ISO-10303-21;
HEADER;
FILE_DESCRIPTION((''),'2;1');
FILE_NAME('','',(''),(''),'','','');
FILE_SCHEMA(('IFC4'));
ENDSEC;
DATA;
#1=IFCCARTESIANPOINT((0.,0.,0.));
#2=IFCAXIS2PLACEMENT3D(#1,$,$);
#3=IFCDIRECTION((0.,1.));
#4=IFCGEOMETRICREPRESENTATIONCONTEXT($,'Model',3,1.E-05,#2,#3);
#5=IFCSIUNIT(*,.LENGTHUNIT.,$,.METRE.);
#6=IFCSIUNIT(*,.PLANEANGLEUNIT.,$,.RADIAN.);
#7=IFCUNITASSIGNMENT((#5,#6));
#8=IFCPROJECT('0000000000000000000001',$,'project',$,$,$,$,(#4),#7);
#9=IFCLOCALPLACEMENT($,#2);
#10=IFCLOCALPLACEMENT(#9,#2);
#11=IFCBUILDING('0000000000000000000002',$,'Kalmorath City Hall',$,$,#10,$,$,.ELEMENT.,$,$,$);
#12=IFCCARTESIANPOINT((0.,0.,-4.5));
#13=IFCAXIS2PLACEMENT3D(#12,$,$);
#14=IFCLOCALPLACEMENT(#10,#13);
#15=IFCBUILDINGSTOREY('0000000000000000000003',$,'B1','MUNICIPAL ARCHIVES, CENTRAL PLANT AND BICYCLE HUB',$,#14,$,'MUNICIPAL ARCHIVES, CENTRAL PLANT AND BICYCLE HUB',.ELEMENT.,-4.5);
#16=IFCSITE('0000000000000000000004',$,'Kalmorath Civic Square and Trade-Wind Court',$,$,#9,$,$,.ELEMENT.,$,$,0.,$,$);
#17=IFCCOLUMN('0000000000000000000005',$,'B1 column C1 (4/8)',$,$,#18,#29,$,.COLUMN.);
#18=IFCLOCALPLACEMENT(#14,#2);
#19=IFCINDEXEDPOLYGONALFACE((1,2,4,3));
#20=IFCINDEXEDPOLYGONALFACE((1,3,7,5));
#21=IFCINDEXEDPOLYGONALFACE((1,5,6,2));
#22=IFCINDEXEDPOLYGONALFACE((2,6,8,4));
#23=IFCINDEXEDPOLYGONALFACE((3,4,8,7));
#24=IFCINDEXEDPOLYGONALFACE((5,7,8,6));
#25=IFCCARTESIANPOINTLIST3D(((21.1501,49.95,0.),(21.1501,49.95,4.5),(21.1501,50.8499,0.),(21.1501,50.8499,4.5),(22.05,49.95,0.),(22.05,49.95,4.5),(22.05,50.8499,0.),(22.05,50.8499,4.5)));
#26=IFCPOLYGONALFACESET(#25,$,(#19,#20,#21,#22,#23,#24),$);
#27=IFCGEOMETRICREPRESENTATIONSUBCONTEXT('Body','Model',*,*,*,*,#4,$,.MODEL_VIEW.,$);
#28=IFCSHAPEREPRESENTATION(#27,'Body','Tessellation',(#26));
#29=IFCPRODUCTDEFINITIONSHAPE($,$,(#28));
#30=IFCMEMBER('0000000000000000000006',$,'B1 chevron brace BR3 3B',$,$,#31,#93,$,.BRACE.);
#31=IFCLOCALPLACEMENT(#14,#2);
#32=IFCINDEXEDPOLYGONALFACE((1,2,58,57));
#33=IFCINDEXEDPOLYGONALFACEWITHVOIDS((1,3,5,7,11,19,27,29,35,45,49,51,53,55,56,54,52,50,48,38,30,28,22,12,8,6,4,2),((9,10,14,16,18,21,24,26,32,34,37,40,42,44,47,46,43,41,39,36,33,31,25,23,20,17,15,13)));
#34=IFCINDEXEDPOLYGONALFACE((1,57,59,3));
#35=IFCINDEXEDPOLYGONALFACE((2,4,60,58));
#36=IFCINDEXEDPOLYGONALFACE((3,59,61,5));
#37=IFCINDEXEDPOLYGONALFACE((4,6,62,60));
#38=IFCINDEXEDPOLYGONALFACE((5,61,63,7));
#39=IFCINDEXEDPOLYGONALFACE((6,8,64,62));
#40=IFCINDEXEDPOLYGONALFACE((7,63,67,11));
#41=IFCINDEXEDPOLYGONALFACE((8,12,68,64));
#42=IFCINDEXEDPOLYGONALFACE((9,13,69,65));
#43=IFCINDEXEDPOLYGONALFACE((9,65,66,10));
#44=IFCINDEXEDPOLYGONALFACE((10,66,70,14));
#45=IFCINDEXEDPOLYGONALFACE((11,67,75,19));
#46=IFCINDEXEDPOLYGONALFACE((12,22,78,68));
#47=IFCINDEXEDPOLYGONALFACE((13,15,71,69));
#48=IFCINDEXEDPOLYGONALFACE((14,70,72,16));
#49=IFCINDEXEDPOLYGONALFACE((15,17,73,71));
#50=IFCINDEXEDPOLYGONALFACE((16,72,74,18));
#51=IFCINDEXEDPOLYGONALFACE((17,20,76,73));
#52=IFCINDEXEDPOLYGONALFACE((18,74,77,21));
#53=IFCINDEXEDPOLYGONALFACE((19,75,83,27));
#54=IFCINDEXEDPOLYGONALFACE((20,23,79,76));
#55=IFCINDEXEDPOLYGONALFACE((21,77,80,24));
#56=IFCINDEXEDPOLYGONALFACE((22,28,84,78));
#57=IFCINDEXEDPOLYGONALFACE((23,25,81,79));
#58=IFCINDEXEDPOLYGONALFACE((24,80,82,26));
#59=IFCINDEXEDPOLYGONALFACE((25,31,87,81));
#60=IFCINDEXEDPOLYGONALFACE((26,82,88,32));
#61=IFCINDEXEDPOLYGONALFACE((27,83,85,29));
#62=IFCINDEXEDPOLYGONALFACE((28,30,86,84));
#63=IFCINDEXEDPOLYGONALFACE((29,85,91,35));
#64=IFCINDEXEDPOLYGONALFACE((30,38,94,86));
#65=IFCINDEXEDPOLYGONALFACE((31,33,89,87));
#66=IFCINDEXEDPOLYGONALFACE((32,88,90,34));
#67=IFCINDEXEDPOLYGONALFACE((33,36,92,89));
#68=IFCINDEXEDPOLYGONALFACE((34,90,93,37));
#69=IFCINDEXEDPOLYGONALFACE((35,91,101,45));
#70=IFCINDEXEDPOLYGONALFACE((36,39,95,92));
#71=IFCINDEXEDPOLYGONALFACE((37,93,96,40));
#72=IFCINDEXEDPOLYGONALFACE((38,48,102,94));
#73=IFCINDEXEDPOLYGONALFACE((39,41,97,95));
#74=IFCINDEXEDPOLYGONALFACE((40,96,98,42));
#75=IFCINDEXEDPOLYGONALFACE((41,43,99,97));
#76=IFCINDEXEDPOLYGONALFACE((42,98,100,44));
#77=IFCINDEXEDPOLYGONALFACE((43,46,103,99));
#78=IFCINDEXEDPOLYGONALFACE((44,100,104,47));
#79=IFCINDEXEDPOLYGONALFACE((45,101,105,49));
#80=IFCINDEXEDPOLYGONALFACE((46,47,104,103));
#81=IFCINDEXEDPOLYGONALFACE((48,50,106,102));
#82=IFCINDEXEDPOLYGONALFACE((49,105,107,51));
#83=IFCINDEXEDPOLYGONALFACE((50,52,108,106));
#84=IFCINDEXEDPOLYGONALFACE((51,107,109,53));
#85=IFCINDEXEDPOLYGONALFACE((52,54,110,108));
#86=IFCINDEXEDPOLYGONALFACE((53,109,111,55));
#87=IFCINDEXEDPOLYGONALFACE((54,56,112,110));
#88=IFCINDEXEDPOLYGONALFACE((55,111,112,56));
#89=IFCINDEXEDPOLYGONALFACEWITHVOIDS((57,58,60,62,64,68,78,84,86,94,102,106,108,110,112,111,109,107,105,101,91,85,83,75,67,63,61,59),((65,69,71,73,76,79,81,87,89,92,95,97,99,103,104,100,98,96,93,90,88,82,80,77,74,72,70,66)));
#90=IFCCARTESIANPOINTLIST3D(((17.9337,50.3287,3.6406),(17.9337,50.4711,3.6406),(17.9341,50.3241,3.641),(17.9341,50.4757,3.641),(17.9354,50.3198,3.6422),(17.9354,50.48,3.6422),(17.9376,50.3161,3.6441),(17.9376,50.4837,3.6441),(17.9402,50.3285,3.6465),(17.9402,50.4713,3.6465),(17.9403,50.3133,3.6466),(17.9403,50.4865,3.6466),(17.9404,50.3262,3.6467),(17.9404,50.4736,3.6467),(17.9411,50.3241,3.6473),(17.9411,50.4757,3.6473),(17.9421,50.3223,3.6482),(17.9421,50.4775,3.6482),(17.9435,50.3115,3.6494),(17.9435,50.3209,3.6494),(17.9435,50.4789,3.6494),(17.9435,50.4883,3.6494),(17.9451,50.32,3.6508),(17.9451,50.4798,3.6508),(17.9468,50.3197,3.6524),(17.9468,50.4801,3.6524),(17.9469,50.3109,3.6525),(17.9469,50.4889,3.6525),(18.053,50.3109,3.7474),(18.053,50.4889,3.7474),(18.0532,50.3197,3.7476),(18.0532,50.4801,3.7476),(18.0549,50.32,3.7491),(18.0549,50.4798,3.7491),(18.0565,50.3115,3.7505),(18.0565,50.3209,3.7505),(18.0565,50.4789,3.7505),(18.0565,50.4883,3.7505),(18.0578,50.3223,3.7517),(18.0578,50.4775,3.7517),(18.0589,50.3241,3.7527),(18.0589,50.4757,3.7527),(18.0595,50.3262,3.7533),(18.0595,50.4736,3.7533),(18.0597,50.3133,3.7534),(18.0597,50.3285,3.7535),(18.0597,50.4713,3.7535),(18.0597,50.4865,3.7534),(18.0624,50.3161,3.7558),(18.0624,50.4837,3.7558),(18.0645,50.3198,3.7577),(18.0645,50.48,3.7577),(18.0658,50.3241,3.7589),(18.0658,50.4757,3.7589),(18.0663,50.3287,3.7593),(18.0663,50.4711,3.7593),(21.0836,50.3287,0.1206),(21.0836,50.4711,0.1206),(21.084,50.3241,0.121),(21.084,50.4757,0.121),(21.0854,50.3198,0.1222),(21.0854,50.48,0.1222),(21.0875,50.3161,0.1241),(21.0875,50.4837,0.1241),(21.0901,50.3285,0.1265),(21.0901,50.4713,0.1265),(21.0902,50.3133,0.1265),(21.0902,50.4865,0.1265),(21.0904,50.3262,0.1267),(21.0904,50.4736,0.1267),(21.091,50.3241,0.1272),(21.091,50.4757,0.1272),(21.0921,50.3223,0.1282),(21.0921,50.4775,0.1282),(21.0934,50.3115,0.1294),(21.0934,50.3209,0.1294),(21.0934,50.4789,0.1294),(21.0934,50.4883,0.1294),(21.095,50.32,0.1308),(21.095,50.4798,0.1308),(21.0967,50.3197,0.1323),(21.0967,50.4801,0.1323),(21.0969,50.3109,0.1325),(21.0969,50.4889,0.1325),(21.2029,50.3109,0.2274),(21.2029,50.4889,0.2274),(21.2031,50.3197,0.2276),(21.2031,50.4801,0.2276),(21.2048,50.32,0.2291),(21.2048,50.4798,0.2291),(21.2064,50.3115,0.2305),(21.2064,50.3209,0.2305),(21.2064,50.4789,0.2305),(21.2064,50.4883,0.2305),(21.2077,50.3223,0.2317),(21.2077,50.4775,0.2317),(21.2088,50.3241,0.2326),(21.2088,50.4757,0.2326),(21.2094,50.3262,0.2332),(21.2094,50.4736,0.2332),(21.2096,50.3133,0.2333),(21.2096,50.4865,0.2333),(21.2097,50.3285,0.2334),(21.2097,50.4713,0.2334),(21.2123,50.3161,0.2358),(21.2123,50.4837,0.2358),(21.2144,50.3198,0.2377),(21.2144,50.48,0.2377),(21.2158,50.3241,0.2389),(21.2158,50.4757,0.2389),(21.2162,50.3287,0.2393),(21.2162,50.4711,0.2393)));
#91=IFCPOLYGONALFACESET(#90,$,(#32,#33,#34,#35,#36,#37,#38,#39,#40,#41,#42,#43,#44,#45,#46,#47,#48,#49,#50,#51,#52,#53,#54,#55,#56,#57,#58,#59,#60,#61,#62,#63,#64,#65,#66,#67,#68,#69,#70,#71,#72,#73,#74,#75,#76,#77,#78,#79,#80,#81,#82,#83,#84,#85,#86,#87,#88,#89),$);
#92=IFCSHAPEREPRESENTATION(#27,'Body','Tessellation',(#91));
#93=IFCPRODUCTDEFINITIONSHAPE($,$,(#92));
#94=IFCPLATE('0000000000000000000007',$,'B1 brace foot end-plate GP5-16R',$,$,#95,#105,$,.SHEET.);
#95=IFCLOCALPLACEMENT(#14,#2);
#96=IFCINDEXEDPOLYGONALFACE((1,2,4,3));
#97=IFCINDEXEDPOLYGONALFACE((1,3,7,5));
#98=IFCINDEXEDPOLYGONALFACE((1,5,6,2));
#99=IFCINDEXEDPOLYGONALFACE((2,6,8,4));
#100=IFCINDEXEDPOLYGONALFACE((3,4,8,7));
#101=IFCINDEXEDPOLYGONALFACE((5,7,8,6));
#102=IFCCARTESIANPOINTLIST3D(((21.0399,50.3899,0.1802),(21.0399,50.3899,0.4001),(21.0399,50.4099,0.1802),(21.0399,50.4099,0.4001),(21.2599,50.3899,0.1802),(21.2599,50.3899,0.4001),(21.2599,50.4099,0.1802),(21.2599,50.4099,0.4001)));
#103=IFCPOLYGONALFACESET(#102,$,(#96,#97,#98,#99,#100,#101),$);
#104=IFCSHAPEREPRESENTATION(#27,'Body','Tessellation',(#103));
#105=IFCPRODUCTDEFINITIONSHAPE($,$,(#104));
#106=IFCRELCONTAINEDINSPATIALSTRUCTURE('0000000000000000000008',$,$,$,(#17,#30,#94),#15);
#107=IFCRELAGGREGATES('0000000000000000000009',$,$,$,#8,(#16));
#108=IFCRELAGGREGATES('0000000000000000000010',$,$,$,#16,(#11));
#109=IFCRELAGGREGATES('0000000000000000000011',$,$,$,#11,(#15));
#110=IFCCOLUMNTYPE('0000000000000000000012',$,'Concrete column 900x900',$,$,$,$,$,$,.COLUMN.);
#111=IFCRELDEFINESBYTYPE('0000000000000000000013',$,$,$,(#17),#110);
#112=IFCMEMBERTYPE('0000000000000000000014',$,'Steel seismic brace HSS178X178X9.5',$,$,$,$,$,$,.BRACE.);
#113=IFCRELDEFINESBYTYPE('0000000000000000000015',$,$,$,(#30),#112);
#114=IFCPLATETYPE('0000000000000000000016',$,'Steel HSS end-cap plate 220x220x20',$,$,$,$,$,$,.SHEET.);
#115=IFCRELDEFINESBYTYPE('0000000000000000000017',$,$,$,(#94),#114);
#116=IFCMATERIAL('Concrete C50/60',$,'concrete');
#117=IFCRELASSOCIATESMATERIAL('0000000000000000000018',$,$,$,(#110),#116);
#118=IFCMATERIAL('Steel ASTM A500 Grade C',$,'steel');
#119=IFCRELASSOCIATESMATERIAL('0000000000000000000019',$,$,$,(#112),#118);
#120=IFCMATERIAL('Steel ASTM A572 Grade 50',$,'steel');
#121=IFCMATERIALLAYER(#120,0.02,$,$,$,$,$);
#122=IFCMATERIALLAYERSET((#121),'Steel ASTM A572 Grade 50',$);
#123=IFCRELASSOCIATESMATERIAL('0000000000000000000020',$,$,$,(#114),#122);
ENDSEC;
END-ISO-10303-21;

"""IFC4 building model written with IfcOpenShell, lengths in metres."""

from ifc_helpers import new_model, si_unit, direction, frame, origin, origin_2d, place, context, subcontext, project, spatial, rectangle, hollow_rectangle, extrude, material, layer, layer_set, material_profile, profile_set, type_object, element, save


model = new_model("IFC4")

# Units and contexts
model_context = context("Model", 3, precision=1e-05, world=origin(), true_north=direction((0.0, 1.0)))
body_context = subcontext(model_context, "Body", "Model", "MODEL_VIEW")
ifc_project = project(units=[si_unit("LENGTHUNIT", "METRE"), si_unit("PLANEANGLEUNIT", "RADIAN")], contexts=[model_context])

# Site, building, storey
site_placement = place(None, origin())
site = spatial("IfcSite", under=ifc_project, at=site_placement, Name="Kalmorath Civic Square and Trade-Wind Court", CompositionType="ELEMENT", RefElevation=0.0)
building_placement = place(site_placement, origin())
building = spatial("IfcBuilding", under=site, at=building_placement, Name="Kalmorath City Hall", CompositionType="ELEMENT")
storey_placement = place(building_placement, frame((0.0, 0.0, -4.5)))
storey = spatial("IfcBuildingStorey", under=building, at=storey_placement, Name="B1", Description="MUNICIPAL ARCHIVES, CENTRAL PLANT AND BICYCLE HUB", LongName="MUNICIPAL ARCHIVES, CENTRAL PLANT AND BICYCLE HUB", CompositionType="ELEMENT", Elevation=-4.5)

# Column
ifc_material_1 = material(Name="Concrete C50/60", Category="concrete")
ifc_material_profile_1 = material_profile(ifc_material_1, rectangle(XDim=0.8999, YDim=0.8999, at=origin_2d()), Name="RC-COL-900X900")
ifc_profile_set_1 = profile_set([ifc_material_profile_1], Name="Concrete C50/60")
column_type_1 = type_object("IfcColumnType", Name="Concrete column 900x900", PredefinedType="COLUMN", material=ifc_profile_set_1)
for number, where, z_axis, x_axis, name in (
    (1, (21.6001, 50.3999, 0.0), (0.0, 0.0, 1.0), (1.0, 0.0, 0.0), "B1 column C1 (4/8)"),
):
    element("IfcColumn", number, at=place(storey_placement, frame(where, z_axis=z_axis, x_axis=x_axis)), inside=storey, type_object=column_type_1, Name=name, PredefinedType="COLUMN", context=body_context, shape_type="SweptSolid", body=[
        extrude(rectangle(XDim=0.8999, YDim=0.8999, at=origin_2d()), origin(), (0.0, 0.0, 1.0), 4.5),
    ])

# Member
ifc_material_2 = material(Name="Steel ASTM A500 Grade C", Category="steel")
ifc_material_profile_2 = material_profile(ifc_material_2, hollow_rectangle(XDim=0.178, YDim=0.178, WallThickness=0.0088, InnerFilletRadius=0.0088, OuterFilletRadius=0.0178, at=origin_2d()), Name="HSS178X178X9.5")
ifc_profile_set_2 = profile_set([ifc_material_profile_2], Name="Steel ASTM A500 Grade C")
member_type = type_object("IfcMemberType", Name="Steel seismic brace HSS178X178X9.5", PredefinedType="BRACE", material=ifc_profile_set_2)
member_placement = place(storey_placement, frame((21.1499, 50.3999, 0.1799), z_axis=(-0.666843, 0.0, 0.745198), x_axis=(0.0, -1.0, 0.0)))
element("IfcMember", 2, at=member_placement, inside=storey, type_object=member_type, Name="B1 chevron brace BR3 3B", PredefinedType="BRACE", context=body_context, shape_type="SweptSolid", body=[
    extrude(hollow_rectangle(XDim=0.178, YDim=0.178, WallThickness=0.0088, InnerFilletRadius=0.0088, OuterFilletRadius=0.0178, at=origin_2d()), origin(), (0.0, 0.0, 1.0), 4.7236),
])

# Plate
ifc_material_3 = material(Name="Steel ASTM A572 Grade 50", Category="steel")
ifc_layer = layer(ifc_material_3, 0.02)
ifc_layer_set = layer_set([ifc_layer], Name="Steel ASTM A572 Grade 50")
plate_type = type_object("IfcPlateType", Name="Steel HSS end-cap plate 220x220x20", PredefinedType="SHEET", material=ifc_layer_set)
plate_placement = place(storey_placement, frame((21.1499, 50.3999, 0.1802), z_axis=(0.0, 0.0, 1.0), x_axis=(1.0, 0.0, 0.0)))
element("IfcPlate", 3, at=plate_placement, inside=storey, type_object=plate_type, Name="B1 brace foot end-plate GP5-16R", PredefinedType="SHEET", context=body_context, shape_type="SweptSolid", body=[
    extrude(rectangle(XDim=0.22, YDim=0.02, at=origin_2d()), origin(), (0.0, 0.0, 1.0), 0.22),
])

save(model, "model.ifc")
